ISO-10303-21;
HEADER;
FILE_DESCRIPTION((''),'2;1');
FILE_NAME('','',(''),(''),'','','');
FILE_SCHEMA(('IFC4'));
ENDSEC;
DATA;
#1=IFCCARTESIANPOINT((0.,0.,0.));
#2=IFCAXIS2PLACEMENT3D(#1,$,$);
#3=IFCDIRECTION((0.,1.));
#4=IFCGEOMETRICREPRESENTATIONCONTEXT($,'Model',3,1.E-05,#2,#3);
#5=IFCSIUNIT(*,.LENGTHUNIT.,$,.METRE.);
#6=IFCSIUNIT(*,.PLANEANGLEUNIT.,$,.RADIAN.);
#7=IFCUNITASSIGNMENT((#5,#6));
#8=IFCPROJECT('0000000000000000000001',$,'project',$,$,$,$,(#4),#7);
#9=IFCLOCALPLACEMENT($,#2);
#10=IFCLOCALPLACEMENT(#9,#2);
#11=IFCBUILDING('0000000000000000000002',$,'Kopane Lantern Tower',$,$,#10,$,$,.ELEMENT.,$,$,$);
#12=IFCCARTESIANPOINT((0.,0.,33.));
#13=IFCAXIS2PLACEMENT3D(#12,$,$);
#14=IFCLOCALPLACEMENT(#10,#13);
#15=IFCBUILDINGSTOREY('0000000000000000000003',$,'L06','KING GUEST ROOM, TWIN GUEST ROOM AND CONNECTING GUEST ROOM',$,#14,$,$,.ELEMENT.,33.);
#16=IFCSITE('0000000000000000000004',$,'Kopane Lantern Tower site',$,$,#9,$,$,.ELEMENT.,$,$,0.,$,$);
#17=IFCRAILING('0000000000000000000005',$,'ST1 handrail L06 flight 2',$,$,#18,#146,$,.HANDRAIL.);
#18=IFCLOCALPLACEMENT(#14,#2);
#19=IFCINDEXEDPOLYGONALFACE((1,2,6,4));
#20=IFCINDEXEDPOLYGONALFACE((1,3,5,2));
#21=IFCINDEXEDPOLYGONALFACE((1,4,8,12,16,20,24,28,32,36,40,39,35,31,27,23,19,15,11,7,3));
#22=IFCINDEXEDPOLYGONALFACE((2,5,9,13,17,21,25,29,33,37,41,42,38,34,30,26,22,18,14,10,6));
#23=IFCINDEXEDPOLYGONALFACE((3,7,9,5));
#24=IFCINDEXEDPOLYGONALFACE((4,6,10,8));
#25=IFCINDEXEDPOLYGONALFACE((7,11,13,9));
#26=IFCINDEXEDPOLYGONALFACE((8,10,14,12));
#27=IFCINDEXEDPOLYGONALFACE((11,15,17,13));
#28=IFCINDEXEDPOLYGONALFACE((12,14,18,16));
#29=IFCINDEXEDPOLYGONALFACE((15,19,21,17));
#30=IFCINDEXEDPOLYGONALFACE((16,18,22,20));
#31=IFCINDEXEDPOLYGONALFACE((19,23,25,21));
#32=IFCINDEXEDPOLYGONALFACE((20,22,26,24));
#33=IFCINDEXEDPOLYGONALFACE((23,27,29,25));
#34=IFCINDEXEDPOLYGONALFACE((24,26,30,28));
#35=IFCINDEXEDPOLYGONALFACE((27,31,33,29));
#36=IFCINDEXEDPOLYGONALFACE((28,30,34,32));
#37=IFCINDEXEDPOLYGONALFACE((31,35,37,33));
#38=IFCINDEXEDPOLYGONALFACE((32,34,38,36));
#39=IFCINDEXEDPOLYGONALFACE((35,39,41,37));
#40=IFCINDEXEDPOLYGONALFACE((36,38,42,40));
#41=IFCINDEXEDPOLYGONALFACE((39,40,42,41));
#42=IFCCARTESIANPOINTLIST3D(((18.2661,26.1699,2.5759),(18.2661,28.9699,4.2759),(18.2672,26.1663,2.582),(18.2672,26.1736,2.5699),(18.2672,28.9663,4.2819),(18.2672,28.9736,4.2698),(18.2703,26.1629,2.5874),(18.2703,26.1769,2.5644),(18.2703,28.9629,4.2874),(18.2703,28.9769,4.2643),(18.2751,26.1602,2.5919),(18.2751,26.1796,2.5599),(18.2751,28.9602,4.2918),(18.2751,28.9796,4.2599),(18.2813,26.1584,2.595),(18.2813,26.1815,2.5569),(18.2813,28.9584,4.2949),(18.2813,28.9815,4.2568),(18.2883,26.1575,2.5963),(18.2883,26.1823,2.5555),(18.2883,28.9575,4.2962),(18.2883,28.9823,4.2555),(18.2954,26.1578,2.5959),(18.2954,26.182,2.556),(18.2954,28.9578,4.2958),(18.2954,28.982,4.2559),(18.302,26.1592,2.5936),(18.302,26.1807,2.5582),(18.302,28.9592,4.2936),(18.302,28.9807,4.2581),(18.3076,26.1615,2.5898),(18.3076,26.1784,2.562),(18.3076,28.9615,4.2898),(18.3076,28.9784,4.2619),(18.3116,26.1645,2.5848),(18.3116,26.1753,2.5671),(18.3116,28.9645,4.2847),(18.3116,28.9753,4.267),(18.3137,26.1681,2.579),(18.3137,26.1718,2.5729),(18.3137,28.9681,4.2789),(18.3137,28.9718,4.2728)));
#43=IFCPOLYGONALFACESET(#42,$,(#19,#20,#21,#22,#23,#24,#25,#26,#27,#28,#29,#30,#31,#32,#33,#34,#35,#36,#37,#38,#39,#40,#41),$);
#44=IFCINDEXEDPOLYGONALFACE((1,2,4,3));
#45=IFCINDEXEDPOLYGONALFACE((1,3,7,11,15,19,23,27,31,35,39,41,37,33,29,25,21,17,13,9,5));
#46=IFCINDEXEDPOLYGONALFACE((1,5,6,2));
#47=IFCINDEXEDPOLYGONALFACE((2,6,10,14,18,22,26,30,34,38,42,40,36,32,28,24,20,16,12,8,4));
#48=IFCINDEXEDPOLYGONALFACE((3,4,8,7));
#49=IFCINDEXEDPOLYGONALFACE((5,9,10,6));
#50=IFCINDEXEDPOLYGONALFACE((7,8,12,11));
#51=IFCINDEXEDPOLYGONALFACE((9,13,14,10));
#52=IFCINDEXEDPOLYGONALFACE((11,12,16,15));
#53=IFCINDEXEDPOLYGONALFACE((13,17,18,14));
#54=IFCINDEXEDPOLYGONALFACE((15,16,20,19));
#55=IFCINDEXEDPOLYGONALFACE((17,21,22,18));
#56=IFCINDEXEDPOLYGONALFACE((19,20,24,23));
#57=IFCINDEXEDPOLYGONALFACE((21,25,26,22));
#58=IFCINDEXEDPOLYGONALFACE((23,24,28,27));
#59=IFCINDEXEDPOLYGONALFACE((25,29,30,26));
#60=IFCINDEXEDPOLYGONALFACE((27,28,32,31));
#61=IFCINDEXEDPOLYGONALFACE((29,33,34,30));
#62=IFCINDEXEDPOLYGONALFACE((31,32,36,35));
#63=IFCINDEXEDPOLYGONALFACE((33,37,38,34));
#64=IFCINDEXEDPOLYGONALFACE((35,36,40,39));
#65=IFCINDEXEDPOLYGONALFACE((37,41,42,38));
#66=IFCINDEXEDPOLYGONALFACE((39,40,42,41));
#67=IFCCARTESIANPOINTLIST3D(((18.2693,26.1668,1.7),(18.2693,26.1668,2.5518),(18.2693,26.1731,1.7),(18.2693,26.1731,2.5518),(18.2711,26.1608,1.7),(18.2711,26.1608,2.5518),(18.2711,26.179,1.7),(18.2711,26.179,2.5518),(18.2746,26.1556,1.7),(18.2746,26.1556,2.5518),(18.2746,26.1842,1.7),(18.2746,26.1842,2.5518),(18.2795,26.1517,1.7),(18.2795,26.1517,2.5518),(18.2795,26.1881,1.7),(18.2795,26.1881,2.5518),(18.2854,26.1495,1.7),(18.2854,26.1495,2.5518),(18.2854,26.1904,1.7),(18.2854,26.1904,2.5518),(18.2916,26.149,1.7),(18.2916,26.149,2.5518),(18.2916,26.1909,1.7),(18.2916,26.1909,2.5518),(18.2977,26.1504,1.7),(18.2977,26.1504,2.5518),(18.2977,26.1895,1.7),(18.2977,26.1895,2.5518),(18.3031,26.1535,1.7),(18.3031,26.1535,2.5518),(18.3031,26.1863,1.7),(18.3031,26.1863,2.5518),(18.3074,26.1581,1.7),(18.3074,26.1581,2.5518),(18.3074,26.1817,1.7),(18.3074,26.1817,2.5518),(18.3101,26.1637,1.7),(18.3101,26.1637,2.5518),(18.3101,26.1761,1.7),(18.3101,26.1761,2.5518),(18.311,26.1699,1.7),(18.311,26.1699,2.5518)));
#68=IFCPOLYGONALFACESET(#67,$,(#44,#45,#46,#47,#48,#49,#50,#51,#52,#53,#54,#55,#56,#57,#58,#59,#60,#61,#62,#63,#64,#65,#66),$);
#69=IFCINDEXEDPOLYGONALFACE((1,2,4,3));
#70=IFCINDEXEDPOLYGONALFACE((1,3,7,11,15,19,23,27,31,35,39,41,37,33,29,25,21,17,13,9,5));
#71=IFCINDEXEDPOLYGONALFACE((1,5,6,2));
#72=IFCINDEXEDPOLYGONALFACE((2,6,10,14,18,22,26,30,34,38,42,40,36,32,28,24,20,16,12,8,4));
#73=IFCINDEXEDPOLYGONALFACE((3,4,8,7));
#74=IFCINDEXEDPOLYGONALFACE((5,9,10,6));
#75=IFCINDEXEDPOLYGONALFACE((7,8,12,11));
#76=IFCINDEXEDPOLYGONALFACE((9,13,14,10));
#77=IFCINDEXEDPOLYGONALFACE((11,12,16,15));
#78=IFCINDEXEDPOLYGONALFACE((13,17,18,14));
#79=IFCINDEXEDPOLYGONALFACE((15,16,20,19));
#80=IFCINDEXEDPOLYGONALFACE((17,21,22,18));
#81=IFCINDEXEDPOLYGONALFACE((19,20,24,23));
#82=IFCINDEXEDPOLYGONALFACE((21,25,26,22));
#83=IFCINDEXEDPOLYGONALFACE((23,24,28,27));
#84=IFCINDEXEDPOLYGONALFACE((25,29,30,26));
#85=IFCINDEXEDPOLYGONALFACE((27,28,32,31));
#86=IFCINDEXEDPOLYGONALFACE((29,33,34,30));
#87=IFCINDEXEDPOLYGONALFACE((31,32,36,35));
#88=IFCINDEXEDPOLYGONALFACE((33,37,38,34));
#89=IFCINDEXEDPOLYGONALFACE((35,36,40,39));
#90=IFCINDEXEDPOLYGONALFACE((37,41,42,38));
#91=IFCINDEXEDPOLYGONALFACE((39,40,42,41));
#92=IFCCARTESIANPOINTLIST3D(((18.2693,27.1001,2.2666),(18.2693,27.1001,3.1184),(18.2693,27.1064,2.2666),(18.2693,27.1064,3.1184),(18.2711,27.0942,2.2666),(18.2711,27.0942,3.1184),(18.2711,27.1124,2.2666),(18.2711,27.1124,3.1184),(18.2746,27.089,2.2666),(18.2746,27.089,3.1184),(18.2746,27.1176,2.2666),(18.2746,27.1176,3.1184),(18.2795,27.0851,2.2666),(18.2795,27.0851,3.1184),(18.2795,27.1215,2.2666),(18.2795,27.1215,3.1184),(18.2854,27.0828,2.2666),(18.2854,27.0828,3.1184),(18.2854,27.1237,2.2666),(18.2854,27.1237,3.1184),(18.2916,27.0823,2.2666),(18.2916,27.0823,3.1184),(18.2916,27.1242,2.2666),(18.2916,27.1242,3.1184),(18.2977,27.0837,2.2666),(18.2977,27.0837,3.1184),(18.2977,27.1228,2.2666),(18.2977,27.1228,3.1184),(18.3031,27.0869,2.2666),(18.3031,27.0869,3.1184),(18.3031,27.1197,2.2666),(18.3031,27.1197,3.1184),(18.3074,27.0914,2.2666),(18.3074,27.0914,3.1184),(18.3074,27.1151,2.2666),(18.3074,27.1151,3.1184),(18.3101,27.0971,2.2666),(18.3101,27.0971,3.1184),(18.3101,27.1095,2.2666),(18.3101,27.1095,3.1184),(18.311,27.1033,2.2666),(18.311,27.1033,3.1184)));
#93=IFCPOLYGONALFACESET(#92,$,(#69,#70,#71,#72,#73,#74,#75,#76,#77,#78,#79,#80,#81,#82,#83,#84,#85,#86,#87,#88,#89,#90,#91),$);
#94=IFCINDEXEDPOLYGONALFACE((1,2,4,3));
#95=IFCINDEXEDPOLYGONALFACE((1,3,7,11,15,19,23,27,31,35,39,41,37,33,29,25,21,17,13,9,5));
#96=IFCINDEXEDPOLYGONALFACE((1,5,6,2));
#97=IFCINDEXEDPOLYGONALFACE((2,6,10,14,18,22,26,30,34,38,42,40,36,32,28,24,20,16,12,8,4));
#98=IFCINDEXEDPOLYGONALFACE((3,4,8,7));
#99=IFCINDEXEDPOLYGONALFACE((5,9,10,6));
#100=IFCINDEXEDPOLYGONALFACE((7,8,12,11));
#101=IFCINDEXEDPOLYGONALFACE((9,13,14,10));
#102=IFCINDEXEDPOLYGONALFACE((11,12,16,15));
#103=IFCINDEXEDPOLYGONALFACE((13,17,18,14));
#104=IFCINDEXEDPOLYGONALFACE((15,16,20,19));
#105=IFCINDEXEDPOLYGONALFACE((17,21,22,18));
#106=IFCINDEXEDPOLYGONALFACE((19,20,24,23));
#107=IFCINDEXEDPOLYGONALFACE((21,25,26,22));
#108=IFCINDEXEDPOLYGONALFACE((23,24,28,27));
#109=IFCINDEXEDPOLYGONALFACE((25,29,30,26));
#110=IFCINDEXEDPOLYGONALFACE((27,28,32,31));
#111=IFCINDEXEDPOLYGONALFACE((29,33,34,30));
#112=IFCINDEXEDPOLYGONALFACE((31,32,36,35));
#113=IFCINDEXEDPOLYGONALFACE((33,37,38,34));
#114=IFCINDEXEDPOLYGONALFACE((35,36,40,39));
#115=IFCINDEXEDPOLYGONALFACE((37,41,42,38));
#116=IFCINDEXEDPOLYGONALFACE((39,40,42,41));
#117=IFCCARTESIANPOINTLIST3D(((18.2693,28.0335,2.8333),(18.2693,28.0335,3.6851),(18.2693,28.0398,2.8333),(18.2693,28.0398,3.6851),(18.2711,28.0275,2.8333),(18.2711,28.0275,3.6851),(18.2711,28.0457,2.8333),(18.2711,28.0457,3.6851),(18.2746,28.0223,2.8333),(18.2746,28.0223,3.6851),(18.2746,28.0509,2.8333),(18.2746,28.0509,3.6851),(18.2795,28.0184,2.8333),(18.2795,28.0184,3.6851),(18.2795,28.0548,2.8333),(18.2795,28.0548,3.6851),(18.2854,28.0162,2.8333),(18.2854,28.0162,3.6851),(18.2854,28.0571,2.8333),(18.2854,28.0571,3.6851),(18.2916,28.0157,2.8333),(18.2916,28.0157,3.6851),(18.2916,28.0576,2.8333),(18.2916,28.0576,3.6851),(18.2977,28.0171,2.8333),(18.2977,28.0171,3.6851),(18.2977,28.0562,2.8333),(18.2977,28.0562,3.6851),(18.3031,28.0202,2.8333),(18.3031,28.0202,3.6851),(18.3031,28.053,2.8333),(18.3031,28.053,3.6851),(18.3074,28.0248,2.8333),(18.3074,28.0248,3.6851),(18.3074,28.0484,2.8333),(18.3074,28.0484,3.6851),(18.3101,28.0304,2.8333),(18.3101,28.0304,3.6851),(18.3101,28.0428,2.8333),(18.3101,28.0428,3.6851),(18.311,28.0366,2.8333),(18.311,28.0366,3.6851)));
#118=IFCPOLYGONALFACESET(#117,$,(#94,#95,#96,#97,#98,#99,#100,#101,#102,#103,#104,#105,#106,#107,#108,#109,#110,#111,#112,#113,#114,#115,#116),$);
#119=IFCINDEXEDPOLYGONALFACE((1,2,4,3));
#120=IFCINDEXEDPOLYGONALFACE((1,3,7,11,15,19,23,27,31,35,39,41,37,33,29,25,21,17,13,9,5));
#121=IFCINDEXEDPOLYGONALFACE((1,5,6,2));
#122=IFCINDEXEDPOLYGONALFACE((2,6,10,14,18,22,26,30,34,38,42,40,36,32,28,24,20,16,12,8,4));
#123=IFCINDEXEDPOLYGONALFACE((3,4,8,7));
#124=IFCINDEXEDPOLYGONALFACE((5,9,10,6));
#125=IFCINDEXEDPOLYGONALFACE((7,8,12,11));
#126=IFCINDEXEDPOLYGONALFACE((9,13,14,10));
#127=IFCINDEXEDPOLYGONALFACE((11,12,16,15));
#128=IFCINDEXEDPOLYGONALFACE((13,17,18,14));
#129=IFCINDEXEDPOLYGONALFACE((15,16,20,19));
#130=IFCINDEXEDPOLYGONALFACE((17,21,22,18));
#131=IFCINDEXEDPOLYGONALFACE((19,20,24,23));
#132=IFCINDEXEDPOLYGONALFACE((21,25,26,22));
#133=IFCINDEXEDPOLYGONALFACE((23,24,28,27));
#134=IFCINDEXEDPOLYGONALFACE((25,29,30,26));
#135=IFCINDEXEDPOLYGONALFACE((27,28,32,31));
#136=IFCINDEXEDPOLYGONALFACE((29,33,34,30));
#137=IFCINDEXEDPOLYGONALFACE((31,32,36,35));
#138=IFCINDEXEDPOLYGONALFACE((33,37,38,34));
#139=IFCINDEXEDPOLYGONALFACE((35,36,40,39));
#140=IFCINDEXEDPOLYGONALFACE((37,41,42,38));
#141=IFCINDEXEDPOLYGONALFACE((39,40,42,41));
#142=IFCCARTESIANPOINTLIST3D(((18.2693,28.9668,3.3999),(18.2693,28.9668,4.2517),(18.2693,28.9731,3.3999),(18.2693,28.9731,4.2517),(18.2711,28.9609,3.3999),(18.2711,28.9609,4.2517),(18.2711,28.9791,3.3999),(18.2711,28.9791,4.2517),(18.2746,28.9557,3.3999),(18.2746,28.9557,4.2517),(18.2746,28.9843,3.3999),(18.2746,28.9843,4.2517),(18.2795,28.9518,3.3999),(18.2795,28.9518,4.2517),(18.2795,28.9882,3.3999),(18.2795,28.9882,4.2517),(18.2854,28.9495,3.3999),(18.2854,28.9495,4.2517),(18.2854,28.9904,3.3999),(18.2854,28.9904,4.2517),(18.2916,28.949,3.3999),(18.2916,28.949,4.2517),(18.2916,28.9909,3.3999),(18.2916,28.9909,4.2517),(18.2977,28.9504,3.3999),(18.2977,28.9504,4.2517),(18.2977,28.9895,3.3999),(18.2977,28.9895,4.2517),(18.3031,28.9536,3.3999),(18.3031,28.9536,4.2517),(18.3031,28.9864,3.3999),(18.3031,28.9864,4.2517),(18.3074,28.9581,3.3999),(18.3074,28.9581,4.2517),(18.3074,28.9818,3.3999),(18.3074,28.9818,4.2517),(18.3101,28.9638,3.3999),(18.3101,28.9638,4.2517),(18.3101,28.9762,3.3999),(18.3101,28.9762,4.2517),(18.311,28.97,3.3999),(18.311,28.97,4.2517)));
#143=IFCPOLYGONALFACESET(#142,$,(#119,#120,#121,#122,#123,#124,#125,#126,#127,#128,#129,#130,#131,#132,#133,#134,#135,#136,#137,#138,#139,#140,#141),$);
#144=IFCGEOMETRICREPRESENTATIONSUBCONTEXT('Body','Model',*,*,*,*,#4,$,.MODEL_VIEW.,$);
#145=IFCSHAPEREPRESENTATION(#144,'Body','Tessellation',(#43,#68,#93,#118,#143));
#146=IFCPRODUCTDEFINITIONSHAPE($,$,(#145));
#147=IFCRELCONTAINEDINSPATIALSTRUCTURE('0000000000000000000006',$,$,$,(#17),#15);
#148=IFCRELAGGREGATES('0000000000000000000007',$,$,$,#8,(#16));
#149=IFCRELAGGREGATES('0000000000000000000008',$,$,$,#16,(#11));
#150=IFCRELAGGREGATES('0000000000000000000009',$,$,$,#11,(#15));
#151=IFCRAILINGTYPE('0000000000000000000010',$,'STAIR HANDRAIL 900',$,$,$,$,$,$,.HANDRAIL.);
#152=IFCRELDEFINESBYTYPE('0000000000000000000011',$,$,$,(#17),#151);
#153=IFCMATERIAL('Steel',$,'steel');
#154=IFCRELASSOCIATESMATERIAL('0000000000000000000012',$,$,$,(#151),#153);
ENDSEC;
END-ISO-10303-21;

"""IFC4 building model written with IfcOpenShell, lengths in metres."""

from ifc_helpers import new_model, si_unit, direction, frame, origin, origin_2d, place, context, subcontext, project, spatial, circle, extrude, material, type_object, element, save


model = new_model("IFC4")

# Units and contexts
model_context = context("Model", 3, precision=1e-05, world=origin(), true_north=direction((0.0, 1.0)))
body_context = subcontext(model_context, "Body", "Model", "MODEL_VIEW")
ifc_project = project(units=[si_unit("LENGTHUNIT", "METRE"), si_unit("PLANEANGLEUNIT", "RADIAN")], contexts=[model_context])

# Site, building, storey
site_placement = place(None, origin())
site = spatial("IfcSite", under=ifc_project, at=site_placement, Name="Kopane Lantern Tower site", CompositionType="ELEMENT", RefElevation=0.0)
building_placement = place(site_placement, origin())
building = spatial("IfcBuilding", under=site, at=building_placement, Name="Kopane Lantern Tower", CompositionType="ELEMENT")
storey_placement = place(building_placement, frame((0.0, 0.0, 33.0)))
storey = spatial("IfcBuildingStorey", under=building, at=storey_placement, Name="L06", Description="KING GUEST ROOM, TWIN GUEST ROOM AND CONNECTING GUEST ROOM", CompositionType="ELEMENT", Elevation=33.0)

# Railing
ifc_material_1 = material(Name="Steel", Category="steel")
railing_type_1 = type_object("IfcRailingType", Name="STAIR HANDRAIL 900", PredefinedType="HANDRAIL", material=ifc_material_1)
for number, where, name in (
    (1, (18.29, 26.1699, 1.7), "ST1 handrail L06 flight 2"),
):
    element("IfcRailing", number, at=place(storey_placement, frame(where)), inside=storey, type_object=railing_type_1, Name=name, PredefinedType="HANDRAIL", context=body_context, shape_type="SweptSolid", body=[
        extrude(circle(Radius=0.0239, at=origin_2d()), frame((0.0, 0.0, 0.876), z_axis=(0.0, 0.854798, 0.518961), x_axis=(-1.0, 0.0, 0.0)), (0.0, 0.0, 1.0), 3.2756),
        extrude(circle(Radius=0.021, at=origin_2d()), origin(), (0.0, 0.0, 1.0), 0.8518),
        extrude(circle(Radius=0.021, at=origin_2d()), frame((0.0, 0.9333, 0.5667)), (0.0, 0.0, 1.0), 0.8518),
        extrude(circle(Radius=0.021, at=origin_2d()), frame((0.0, 1.8667, 1.1333)), (0.0, 0.0, 1.0), 0.8518),
        extrude(circle(Radius=0.021, at=origin_2d()), frame((0.0, 2.8, 1.7)), (0.0, 0.0, 1.0), 0.8518),
    ])

save(model, "model.ifc")
